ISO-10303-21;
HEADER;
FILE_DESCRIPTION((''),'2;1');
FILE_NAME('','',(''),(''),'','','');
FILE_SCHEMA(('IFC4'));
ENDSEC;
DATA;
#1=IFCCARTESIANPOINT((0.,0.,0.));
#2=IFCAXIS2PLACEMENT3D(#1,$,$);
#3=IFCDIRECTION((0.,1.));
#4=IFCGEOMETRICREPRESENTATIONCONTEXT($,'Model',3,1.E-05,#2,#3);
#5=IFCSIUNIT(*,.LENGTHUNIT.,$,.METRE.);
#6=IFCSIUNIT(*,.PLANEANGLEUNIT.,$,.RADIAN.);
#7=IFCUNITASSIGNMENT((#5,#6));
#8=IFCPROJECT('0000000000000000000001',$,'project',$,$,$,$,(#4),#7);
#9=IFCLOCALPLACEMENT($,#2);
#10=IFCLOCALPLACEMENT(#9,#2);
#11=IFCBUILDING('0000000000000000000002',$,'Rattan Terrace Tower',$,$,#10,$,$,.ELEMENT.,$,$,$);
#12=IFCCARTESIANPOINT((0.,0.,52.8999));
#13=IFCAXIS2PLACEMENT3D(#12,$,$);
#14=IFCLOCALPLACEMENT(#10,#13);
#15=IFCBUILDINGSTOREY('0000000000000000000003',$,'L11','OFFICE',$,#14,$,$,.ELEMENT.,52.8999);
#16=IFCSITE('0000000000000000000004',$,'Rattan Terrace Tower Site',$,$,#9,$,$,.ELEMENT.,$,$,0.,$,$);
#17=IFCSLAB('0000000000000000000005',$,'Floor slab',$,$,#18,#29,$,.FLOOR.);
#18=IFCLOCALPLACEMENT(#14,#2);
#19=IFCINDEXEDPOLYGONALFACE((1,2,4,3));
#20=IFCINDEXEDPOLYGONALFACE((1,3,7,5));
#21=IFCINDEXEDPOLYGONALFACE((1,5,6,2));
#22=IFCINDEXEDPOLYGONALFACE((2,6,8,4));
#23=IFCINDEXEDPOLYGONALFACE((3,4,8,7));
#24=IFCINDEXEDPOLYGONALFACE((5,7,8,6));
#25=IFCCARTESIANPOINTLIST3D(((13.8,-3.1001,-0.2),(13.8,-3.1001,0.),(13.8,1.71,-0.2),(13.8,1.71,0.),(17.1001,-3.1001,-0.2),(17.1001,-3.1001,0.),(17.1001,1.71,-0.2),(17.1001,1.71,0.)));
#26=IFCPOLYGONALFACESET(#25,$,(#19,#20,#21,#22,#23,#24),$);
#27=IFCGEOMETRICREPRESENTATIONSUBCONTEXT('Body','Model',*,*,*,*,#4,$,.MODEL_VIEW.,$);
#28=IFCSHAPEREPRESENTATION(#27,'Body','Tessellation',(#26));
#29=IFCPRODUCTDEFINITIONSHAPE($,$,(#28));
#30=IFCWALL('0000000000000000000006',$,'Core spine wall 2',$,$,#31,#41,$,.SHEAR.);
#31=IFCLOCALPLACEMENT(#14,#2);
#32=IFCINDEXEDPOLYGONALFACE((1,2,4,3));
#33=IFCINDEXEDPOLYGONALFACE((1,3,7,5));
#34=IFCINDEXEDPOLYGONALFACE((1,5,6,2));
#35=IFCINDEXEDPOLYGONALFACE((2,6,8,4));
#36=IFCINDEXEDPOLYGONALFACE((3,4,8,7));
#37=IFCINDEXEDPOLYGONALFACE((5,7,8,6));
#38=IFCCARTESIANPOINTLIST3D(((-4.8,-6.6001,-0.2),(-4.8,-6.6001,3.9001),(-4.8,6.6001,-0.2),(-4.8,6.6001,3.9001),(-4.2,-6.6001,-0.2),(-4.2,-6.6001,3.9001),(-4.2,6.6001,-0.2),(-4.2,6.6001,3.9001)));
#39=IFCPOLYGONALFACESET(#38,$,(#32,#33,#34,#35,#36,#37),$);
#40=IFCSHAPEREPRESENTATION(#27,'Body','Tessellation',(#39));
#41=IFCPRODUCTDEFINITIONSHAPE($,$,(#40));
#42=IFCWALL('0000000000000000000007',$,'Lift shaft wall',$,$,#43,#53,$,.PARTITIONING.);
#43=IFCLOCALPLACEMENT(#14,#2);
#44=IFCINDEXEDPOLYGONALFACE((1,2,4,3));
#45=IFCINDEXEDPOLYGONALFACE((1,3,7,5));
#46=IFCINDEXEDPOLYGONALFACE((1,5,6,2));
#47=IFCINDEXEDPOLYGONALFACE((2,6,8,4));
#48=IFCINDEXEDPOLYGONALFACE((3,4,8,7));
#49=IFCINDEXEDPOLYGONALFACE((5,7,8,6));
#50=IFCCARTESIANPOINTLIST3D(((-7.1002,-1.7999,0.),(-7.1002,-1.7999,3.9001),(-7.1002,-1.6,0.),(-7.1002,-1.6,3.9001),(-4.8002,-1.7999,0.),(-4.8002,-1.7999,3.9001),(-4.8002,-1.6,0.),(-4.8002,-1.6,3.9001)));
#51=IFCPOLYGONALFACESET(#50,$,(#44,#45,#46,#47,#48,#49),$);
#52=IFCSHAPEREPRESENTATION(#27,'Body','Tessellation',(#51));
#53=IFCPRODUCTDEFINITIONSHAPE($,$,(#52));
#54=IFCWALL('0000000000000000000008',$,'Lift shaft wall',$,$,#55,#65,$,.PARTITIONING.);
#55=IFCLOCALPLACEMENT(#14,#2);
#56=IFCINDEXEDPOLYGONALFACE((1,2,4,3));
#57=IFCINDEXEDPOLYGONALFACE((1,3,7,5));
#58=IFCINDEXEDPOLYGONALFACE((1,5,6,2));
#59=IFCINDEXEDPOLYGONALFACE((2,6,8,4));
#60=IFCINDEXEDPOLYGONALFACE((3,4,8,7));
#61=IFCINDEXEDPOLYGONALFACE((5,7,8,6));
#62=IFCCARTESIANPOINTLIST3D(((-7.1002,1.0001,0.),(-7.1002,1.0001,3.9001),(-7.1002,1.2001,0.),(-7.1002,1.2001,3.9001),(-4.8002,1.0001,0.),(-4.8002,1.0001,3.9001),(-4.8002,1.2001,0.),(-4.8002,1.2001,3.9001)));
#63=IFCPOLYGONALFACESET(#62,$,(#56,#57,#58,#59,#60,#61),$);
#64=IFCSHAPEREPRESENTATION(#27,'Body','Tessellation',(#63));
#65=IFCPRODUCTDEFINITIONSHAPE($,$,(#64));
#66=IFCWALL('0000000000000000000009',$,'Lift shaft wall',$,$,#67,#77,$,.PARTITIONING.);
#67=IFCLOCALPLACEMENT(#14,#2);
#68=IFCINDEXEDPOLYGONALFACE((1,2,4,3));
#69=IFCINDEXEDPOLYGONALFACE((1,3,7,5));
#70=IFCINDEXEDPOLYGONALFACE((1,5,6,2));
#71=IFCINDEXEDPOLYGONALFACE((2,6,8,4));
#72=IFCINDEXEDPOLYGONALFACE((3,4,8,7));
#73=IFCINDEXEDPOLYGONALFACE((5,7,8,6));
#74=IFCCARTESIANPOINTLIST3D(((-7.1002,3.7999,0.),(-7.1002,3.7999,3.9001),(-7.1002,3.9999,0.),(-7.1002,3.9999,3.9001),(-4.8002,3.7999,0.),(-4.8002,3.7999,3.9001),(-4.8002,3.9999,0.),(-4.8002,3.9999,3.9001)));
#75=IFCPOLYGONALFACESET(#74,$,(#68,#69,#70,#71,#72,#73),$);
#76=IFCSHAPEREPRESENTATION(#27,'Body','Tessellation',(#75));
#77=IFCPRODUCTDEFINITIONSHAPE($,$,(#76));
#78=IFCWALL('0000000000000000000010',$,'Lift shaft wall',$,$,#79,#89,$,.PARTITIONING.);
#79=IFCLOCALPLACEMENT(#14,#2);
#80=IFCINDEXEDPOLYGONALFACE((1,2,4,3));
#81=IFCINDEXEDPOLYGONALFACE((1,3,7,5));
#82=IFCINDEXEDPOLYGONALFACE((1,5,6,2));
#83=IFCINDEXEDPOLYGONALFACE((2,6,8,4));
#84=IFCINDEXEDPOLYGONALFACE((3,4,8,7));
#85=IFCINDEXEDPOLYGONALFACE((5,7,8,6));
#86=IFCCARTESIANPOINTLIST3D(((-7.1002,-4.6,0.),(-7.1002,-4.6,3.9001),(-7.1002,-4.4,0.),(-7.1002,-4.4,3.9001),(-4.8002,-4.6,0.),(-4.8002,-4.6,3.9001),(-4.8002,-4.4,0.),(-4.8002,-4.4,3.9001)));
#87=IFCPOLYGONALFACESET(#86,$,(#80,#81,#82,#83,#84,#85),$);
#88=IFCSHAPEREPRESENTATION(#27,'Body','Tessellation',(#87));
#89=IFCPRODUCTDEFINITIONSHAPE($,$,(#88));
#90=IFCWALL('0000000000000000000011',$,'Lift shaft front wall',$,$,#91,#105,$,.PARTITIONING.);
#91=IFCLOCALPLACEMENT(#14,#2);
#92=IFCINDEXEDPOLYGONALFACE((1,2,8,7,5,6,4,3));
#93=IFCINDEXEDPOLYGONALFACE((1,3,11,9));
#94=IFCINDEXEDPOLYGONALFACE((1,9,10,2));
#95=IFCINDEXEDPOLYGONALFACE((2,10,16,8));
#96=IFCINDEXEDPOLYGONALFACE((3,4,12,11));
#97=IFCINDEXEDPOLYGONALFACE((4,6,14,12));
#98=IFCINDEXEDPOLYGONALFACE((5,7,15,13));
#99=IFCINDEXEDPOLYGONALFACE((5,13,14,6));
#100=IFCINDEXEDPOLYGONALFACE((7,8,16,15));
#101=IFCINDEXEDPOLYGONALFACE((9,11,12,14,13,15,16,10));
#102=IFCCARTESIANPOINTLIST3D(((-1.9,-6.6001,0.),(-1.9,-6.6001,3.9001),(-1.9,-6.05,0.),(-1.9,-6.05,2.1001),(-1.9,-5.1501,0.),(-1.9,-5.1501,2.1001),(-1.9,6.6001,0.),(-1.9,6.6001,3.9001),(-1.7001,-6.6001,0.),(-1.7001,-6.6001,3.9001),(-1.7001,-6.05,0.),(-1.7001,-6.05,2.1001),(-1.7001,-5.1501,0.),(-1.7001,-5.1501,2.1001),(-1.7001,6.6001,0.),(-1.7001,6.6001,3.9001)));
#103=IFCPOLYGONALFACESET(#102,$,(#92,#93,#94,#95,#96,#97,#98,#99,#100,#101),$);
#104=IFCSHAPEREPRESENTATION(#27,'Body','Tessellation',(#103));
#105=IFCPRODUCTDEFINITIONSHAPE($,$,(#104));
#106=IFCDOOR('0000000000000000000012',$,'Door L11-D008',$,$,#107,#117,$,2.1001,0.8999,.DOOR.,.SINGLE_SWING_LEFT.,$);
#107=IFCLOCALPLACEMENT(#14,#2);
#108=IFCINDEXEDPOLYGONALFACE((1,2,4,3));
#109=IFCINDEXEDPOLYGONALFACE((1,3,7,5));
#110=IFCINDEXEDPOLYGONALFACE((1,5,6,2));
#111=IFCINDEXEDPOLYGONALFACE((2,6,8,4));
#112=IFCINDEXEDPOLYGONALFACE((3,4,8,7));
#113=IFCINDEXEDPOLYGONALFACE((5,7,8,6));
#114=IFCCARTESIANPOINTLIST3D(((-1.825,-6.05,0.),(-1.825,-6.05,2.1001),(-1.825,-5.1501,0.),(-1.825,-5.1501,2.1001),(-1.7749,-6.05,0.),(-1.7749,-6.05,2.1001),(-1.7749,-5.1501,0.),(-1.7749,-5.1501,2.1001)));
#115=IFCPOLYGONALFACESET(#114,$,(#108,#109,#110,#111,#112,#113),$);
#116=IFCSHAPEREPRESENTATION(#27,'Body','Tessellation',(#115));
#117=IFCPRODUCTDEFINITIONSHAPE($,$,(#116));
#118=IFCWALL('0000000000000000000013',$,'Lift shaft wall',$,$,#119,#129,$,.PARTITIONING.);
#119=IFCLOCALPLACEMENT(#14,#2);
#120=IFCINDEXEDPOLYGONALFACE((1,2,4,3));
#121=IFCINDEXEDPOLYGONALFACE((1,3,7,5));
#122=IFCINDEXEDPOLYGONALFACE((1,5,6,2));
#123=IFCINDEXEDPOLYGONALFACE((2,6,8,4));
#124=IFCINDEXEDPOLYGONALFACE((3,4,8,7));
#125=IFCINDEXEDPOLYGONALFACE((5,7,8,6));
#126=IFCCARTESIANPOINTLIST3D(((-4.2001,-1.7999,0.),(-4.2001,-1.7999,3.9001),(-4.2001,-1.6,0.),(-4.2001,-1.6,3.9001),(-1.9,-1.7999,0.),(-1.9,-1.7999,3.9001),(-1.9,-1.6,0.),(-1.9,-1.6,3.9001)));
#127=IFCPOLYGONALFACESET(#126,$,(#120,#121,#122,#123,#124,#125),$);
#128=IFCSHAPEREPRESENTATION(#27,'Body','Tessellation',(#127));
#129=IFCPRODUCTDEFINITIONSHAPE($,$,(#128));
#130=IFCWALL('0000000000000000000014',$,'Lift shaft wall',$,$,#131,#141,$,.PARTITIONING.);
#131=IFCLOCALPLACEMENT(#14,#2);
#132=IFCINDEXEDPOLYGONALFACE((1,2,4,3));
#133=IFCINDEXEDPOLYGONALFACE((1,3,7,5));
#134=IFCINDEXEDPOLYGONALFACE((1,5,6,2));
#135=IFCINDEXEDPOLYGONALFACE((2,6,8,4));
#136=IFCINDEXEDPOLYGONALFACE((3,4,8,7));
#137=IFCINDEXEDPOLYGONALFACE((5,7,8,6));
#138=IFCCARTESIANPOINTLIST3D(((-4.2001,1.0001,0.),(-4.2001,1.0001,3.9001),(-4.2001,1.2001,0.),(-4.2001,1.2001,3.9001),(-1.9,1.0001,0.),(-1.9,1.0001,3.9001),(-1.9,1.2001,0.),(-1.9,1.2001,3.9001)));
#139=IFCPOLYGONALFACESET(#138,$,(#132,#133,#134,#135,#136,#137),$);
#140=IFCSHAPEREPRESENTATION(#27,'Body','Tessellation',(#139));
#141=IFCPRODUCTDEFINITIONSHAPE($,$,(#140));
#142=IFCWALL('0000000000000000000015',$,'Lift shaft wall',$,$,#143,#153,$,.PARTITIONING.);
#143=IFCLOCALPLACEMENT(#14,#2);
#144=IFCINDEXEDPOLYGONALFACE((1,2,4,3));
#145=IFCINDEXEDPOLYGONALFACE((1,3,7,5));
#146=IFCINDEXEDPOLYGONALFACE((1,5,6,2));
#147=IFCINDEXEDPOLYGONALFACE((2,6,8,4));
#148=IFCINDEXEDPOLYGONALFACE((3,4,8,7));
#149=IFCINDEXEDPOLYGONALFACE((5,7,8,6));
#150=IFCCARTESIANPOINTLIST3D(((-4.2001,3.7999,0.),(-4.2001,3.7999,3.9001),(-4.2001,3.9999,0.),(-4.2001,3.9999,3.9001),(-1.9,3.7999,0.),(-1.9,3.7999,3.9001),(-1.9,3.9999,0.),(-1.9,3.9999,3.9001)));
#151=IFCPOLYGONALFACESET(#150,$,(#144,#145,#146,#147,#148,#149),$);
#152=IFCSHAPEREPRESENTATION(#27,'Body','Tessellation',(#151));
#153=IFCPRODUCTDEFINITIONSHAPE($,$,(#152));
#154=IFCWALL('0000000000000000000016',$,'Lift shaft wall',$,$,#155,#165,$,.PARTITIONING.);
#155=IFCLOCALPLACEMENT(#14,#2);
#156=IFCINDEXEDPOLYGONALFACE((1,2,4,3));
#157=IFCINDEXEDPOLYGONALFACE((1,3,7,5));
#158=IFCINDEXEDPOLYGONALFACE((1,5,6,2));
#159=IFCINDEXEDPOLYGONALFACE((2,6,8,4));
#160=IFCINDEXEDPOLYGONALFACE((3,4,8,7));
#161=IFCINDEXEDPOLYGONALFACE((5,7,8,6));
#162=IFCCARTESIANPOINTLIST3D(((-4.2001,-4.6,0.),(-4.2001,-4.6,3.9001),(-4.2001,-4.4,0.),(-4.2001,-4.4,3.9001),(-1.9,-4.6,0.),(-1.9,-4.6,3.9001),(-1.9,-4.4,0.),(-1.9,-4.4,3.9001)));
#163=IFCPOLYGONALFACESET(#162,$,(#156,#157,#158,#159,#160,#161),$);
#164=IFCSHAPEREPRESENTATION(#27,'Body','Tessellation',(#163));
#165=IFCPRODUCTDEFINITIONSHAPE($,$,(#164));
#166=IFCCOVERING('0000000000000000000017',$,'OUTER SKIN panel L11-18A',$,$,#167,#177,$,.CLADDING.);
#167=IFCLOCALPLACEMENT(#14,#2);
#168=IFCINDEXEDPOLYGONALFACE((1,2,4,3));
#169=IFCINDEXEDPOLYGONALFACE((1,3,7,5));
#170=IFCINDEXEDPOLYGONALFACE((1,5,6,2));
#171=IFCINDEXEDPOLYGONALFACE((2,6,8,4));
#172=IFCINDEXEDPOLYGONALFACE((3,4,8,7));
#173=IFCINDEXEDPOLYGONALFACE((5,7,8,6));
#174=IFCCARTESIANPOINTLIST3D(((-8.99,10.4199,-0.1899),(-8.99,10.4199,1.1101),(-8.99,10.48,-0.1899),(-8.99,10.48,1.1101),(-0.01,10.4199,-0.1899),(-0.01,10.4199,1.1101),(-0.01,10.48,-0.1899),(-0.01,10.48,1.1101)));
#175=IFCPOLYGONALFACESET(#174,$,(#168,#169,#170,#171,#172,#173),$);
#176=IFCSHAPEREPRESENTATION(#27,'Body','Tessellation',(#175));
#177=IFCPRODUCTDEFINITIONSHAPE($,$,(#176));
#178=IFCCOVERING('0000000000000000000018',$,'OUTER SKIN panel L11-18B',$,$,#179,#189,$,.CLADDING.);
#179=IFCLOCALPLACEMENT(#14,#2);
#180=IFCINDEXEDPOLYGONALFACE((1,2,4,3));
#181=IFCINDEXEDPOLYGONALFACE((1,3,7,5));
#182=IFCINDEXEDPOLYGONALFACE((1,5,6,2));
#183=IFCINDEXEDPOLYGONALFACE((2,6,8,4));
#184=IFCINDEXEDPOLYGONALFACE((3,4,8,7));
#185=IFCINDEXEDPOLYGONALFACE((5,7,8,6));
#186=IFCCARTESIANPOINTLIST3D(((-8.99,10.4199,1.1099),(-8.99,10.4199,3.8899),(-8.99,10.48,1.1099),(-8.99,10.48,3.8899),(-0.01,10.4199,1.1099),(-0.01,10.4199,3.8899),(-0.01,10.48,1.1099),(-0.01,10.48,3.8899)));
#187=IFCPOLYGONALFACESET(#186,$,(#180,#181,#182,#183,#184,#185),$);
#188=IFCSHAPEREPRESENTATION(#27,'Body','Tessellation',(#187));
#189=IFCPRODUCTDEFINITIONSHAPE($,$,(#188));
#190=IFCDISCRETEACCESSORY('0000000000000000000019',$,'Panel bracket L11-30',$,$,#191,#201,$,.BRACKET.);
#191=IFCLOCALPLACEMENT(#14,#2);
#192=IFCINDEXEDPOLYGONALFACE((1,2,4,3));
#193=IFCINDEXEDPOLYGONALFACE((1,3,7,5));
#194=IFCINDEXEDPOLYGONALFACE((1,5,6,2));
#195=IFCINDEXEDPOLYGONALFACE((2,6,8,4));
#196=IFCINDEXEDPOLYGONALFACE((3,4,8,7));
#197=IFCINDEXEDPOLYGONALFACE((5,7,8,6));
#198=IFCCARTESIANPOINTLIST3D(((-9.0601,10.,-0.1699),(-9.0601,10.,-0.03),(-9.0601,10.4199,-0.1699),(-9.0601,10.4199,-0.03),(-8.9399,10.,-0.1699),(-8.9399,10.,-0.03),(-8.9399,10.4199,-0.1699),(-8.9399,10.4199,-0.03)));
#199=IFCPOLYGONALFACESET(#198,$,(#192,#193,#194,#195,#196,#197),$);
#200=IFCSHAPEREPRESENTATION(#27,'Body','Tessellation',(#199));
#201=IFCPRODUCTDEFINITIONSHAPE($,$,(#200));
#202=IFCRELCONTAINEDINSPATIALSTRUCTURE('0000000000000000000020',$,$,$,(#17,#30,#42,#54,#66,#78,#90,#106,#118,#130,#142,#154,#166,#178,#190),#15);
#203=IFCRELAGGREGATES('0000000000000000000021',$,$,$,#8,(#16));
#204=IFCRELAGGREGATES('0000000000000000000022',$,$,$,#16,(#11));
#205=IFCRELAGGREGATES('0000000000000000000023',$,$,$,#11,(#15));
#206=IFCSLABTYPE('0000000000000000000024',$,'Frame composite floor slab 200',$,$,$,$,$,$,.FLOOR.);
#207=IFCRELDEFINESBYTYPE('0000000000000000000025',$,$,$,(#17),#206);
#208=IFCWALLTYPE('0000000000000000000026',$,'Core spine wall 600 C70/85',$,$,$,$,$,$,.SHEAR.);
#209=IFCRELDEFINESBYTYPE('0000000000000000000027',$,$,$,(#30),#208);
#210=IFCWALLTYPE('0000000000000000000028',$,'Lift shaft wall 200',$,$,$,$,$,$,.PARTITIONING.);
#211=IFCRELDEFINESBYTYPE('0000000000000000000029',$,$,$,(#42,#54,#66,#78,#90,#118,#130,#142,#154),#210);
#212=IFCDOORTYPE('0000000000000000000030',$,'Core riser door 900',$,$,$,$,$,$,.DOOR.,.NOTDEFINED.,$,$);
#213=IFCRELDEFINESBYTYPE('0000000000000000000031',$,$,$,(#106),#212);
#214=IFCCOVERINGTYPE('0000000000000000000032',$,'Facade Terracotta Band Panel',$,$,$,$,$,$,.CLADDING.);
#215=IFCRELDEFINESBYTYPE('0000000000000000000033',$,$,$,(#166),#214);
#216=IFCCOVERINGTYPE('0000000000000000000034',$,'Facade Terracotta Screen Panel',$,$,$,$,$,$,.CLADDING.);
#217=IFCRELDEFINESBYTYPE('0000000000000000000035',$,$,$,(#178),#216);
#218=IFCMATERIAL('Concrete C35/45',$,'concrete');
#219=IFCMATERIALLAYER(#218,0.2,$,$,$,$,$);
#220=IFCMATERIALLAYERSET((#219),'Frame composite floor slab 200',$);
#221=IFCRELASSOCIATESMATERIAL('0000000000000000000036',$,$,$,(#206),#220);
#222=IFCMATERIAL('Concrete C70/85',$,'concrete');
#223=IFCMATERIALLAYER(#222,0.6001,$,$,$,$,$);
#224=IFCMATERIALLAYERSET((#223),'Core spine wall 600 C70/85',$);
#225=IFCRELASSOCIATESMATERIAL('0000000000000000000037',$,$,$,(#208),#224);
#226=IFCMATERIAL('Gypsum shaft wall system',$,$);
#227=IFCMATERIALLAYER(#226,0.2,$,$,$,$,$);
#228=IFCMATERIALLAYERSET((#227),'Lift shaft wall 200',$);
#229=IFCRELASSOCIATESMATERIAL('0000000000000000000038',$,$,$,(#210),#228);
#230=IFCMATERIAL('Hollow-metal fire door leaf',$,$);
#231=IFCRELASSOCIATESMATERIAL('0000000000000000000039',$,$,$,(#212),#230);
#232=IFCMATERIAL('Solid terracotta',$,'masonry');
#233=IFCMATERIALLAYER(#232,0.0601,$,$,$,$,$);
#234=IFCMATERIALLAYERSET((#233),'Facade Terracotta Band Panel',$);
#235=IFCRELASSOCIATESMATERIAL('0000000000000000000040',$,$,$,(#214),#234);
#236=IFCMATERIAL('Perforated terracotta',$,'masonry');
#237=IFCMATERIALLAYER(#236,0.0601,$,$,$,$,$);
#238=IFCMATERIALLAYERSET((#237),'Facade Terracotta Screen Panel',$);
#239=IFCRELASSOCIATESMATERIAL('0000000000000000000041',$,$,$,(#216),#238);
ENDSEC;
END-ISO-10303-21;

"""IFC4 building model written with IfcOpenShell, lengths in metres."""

from ifc_helpers import new_model, si_unit, direction, frame, frame_2d, origin, origin_2d, place, context, subcontext, project, spatial, polyline, rectangle, outline, extrude, material, layer, layer_set, type_object, element, fill, save


model = new_model("IFC4")

# Units and contexts
model_context = context("Model", 3, precision=1e-05, world=origin(), true_north=direction((0.0, 1.0)))
body_context = subcontext(model_context, "Body", "Model", "MODEL_VIEW")
ifc_project = project(units=[si_unit("LENGTHUNIT", "METRE"), si_unit("PLANEANGLEUNIT", "RADIAN")], contexts=[model_context])

# Site, building, storey
site_placement = place(None, origin())
site = spatial("IfcSite", under=ifc_project, at=site_placement, Name="Rattan Terrace Tower Site", CompositionType="ELEMENT", RefElevation=0.0)
building_placement = place(site_placement, origin())
building = spatial("IfcBuilding", under=site, at=building_placement, Name="Rattan Terrace Tower", CompositionType="ELEMENT")
storey_placement = place(building_placement, frame((0.0, 0.0, 52.8999)))
storey = spatial("IfcBuildingStorey", under=building, at=storey_placement, Name="L11", Description="OFFICE", CompositionType="ELEMENT", Elevation=52.8999)

# Slab
ifc_material_1 = material(Name="Concrete C35/45", Category="concrete")
ifc_layer_1 = layer(ifc_material_1, 0.2)
ifc_layer_set_1 = layer_set([ifc_layer_1], Name="Frame composite floor slab 200")
slab_type = type_object("IfcSlabType", Name="Frame composite floor slab 200", PredefinedType="FLOOR", material=ifc_layer_set_1)
slab_1_placement = place(storey_placement, frame((0.0, 0.0, -0.2)))
element("IfcSlab", 1, at=slab_1_placement, inside=storey, type_object=slab_type, Name="Floor slab", PredefinedType="FLOOR", context=body_context, shape_type="SweptSolid", body=[
    extrude(outline(polyline([(13.8, -3.1001), (17.1001, -3.1001), (17.1001, 1.71), (13.8, 1.71), (13.8, -3.1001)])), origin(), (0.0, 0.0, 1.0), 0.2),
])

# Walls
ifc_material_2 = material(Name="Concrete C70/85", Category="concrete")
ifc_layer_2 = layer(ifc_material_2, 0.6001)
ifc_layer_set_2 = layer_set([ifc_layer_2], Name="Core spine wall 600 C70/85")
wall_type_1 = type_object("IfcWallType", Name="Core spine wall 600 C70/85", PredefinedType="SHEAR", material=ifc_layer_set_2)
wall_1_placement = place(storey_placement, frame((-4.5, -6.6001, -0.2), z_axis=(0.0, 0.0, 1.0), x_axis=(0.0, 1.0, 0.0)))
element("IfcWall", 2, at=wall_1_placement, inside=storey, type_object=wall_type_1, Name="Core spine wall 2", PredefinedType="SHEAR", context=body_context, shape_type="SweptSolid", body=[
    extrude(rectangle(XDim=13.2002, YDim=0.6001, at=frame_2d((6.6001, 0.0))), origin(), (0.0, 0.0, 1.0), 4.1001),
])
ifc_material_3 = material(Name="Gypsum shaft wall system")
ifc_layer_3 = layer(ifc_material_3, 0.2)
ifc_layer_set_3 = layer_set([ifc_layer_3], Name="Lift shaft wall 200")
wall_type_2 = type_object("IfcWallType", Name="Lift shaft wall 200", PredefinedType="PARTITIONING", material=ifc_layer_set_3)
for number, where, z_axis, x_axis, name in (
    (3, (-7.1001, -1.7, 0.0), (0.0, 0.0, 1.0), (1.0, 0.0, 0.0), "Lift shaft wall"),
    (4, (-7.1001, 1.1001, 0.0), (0.0, 0.0, 1.0), (1.0, 0.0, 0.0), "Lift shaft wall"),
    (5, (-7.1001, 3.8999, 0.0), (0.0, 0.0, 1.0), (1.0, 0.0, 0.0), "Lift shaft wall"),
    (6, (-7.1001, -4.5, 0.0), (0.0, 0.0, 1.0), (1.0, 0.0, 0.0), "Lift shaft wall"),
):
    element("IfcWall", number, at=place(storey_placement, frame(where, z_axis=z_axis, x_axis=x_axis)), inside=storey, type_object=wall_type_2, Name=name, PredefinedType="PARTITIONING", context=body_context, shape_type="SweptSolid", body=[
        extrude(rectangle(XDim=2.3, YDim=0.2, at=frame_2d((1.1499, 0.0))), origin(), (0.0, 0.0, 1.0), 3.9001),
    ])

# Wall, opening, door
wall_2_placement = place(storey_placement, frame((-1.8, -6.6001, 0.0), z_axis=(0.0, 0.0, 1.0), x_axis=(0.0, 1.0, 0.0)))
wall_2 = element("IfcWall", 7, at=wall_2_placement, inside=storey, type_object=wall_type_2, Name="Lift shaft front wall", PredefinedType="PARTITIONING", context=body_context, shape_type="SweptSolid", body=[
    extrude(rectangle(XDim=13.2002, YDim=0.2, at=frame_2d((6.6001, 0.0))), origin(), (0.0, 0.0, 1.0), 3.9001),
])
opening_placement = place(wall_2_placement, frame((0.55, 0.0, 0.0)))
opening = element("IfcOpeningElement", 8, at=opening_placement, cuts=wall_2, PredefinedType="OPENING", context=body_context, shape_type="SweptSolid", body=[
    extrude(rectangle(XDim=0.8999, YDim=2.1001, at=frame_2d((0.45, 1.05))), frame((0.0, 0.1106, 0.0), z_axis=(0.0, -1.0, 0.0), x_axis=(1.0, 0.0, 0.0)), (0.0, 0.0, 1.0), 0.2209),
])
ifc_material_4 = material(Name="Hollow-metal fire door leaf")
door_type = type_object("IfcDoorType", Name="Core riser door 900", OperationType="NOTDEFINED", PredefinedType="DOOR", material=ifc_material_4)
door_placement = place(opening_placement, origin())
door = element("IfcDoor", 9, at=door_placement, inside=storey, type_object=door_type, Name="Door L11-D008", OperationType="SINGLE_SWING_LEFT", OverallHeight=2.1001, OverallWidth=0.8999, PredefinedType="DOOR", context=body_context, shape_type="SweptSolid", body=[
    extrude(rectangle(XDim=0.8999, YDim=2.1001, at=frame_2d((0.45, 1.05))), frame((0.0, 0.0249, 0.0), z_axis=(0.0, -1.0, 0.0), x_axis=(1.0, 0.0, 0.0)), (0.0, 0.0, 1.0), 0.05),
])
fill(opening, door)

# Walls
for number, where, z_axis, x_axis, name in (
    (10, (-4.2, -1.7, 0.0), (0.0, 0.0, 1.0), (1.0, 0.0, 0.0), "Lift shaft wall"),
    (11, (-4.2, 1.1001, 0.0), (0.0, 0.0, 1.0), (1.0, 0.0, 0.0), "Lift shaft wall"),
    (12, (-4.2, 3.8999, 0.0), (0.0, 0.0, 1.0), (1.0, 0.0, 0.0), "Lift shaft wall"),
    (13, (-4.2, -4.5, 0.0), (0.0, 0.0, 1.0), (1.0, 0.0, 0.0), "Lift shaft wall"),
):
    element("IfcWall", number, at=place(storey_placement, frame(where, z_axis=z_axis, x_axis=x_axis)), inside=storey, type_object=wall_type_2, Name=name, PredefinedType="PARTITIONING", context=body_context, shape_type="SweptSolid", body=[
        extrude(rectangle(XDim=2.3, YDim=0.2, at=frame_2d((1.1499, 0.0))), origin(), (0.0, 0.0, 1.0), 3.9001),
    ])

# Coverings
ifc_material_5 = material(Name="Solid terracotta", Category="masonry")
ifc_layer_4 = layer(ifc_material_5, 0.0601)
ifc_layer_set_4 = layer_set([ifc_layer_4], Name="Facade Terracotta Band Panel")
covering_type_1 = type_object("IfcCoveringType", Name="Facade Terracotta Band Panel", PredefinedType="CLADDING", material=ifc_layer_set_4)
covering_1_placement = place(storey_placement, frame((-4.5, 10.45, -0.1899), z_axis=(0.0, 0.0, 1.0), x_axis=(-1.0, 0.0, 0.0)))
element("IfcCovering", 14, at=covering_1_placement, inside=storey, type_object=covering_type_1, Name="OUTER SKIN panel L11-18A", PredefinedType="CLADDING", context=body_context, shape_type="SweptSolid", body=[
    extrude(rectangle(XDim=8.98, YDim=0.0601, at=origin_2d()), origin(), (0.0, 0.0, 1.0), 1.3),
])
ifc_material_6 = material(Name="Perforated terracotta", Category="masonry")
ifc_layer_5 = layer(ifc_material_6, 0.0601)
ifc_layer_set_5 = layer_set([ifc_layer_5], Name="Facade Terracotta Screen Panel")
covering_type_2 = type_object("IfcCoveringType", Name="Facade Terracotta Screen Panel", PredefinedType="CLADDING", material=ifc_layer_set_5)
covering_2_placement = place(storey_placement, frame((-4.5, 10.45, 1.1099), z_axis=(0.0, 0.0, 1.0), x_axis=(-1.0, 0.0, 0.0)))
element("IfcCovering", 15, at=covering_2_placement, inside=storey, type_object=covering_type_2, Name="OUTER SKIN panel L11-18B", PredefinedType="CLADDING", context=body_context, shape_type="SweptSolid", body=[
    extrude(rectangle(XDim=8.98, YDim=0.0601, at=origin_2d()), origin(), (0.0, 0.0, 1.0), 2.78),
])

# Discrete accessory
discrete_accessory_placement = place(storey_placement, frame((-9.0, 10.21, -0.1699), z_axis=(0.0, 0.0, 1.0), x_axis=(-1.0, 0.0, 0.0)))
element("IfcDiscreteAccessory", 16, at=discrete_accessory_placement, inside=storey, Name="Panel bracket L11-30", PredefinedType="BRACKET", context=body_context, shape_type="SweptSolid", body=[
    extrude(rectangle(XDim=0.1201, YDim=0.4199, at=origin_2d()), origin(), (0.0, 0.0, 1.0), 0.1399),
])

save(model, "model.ifc")
